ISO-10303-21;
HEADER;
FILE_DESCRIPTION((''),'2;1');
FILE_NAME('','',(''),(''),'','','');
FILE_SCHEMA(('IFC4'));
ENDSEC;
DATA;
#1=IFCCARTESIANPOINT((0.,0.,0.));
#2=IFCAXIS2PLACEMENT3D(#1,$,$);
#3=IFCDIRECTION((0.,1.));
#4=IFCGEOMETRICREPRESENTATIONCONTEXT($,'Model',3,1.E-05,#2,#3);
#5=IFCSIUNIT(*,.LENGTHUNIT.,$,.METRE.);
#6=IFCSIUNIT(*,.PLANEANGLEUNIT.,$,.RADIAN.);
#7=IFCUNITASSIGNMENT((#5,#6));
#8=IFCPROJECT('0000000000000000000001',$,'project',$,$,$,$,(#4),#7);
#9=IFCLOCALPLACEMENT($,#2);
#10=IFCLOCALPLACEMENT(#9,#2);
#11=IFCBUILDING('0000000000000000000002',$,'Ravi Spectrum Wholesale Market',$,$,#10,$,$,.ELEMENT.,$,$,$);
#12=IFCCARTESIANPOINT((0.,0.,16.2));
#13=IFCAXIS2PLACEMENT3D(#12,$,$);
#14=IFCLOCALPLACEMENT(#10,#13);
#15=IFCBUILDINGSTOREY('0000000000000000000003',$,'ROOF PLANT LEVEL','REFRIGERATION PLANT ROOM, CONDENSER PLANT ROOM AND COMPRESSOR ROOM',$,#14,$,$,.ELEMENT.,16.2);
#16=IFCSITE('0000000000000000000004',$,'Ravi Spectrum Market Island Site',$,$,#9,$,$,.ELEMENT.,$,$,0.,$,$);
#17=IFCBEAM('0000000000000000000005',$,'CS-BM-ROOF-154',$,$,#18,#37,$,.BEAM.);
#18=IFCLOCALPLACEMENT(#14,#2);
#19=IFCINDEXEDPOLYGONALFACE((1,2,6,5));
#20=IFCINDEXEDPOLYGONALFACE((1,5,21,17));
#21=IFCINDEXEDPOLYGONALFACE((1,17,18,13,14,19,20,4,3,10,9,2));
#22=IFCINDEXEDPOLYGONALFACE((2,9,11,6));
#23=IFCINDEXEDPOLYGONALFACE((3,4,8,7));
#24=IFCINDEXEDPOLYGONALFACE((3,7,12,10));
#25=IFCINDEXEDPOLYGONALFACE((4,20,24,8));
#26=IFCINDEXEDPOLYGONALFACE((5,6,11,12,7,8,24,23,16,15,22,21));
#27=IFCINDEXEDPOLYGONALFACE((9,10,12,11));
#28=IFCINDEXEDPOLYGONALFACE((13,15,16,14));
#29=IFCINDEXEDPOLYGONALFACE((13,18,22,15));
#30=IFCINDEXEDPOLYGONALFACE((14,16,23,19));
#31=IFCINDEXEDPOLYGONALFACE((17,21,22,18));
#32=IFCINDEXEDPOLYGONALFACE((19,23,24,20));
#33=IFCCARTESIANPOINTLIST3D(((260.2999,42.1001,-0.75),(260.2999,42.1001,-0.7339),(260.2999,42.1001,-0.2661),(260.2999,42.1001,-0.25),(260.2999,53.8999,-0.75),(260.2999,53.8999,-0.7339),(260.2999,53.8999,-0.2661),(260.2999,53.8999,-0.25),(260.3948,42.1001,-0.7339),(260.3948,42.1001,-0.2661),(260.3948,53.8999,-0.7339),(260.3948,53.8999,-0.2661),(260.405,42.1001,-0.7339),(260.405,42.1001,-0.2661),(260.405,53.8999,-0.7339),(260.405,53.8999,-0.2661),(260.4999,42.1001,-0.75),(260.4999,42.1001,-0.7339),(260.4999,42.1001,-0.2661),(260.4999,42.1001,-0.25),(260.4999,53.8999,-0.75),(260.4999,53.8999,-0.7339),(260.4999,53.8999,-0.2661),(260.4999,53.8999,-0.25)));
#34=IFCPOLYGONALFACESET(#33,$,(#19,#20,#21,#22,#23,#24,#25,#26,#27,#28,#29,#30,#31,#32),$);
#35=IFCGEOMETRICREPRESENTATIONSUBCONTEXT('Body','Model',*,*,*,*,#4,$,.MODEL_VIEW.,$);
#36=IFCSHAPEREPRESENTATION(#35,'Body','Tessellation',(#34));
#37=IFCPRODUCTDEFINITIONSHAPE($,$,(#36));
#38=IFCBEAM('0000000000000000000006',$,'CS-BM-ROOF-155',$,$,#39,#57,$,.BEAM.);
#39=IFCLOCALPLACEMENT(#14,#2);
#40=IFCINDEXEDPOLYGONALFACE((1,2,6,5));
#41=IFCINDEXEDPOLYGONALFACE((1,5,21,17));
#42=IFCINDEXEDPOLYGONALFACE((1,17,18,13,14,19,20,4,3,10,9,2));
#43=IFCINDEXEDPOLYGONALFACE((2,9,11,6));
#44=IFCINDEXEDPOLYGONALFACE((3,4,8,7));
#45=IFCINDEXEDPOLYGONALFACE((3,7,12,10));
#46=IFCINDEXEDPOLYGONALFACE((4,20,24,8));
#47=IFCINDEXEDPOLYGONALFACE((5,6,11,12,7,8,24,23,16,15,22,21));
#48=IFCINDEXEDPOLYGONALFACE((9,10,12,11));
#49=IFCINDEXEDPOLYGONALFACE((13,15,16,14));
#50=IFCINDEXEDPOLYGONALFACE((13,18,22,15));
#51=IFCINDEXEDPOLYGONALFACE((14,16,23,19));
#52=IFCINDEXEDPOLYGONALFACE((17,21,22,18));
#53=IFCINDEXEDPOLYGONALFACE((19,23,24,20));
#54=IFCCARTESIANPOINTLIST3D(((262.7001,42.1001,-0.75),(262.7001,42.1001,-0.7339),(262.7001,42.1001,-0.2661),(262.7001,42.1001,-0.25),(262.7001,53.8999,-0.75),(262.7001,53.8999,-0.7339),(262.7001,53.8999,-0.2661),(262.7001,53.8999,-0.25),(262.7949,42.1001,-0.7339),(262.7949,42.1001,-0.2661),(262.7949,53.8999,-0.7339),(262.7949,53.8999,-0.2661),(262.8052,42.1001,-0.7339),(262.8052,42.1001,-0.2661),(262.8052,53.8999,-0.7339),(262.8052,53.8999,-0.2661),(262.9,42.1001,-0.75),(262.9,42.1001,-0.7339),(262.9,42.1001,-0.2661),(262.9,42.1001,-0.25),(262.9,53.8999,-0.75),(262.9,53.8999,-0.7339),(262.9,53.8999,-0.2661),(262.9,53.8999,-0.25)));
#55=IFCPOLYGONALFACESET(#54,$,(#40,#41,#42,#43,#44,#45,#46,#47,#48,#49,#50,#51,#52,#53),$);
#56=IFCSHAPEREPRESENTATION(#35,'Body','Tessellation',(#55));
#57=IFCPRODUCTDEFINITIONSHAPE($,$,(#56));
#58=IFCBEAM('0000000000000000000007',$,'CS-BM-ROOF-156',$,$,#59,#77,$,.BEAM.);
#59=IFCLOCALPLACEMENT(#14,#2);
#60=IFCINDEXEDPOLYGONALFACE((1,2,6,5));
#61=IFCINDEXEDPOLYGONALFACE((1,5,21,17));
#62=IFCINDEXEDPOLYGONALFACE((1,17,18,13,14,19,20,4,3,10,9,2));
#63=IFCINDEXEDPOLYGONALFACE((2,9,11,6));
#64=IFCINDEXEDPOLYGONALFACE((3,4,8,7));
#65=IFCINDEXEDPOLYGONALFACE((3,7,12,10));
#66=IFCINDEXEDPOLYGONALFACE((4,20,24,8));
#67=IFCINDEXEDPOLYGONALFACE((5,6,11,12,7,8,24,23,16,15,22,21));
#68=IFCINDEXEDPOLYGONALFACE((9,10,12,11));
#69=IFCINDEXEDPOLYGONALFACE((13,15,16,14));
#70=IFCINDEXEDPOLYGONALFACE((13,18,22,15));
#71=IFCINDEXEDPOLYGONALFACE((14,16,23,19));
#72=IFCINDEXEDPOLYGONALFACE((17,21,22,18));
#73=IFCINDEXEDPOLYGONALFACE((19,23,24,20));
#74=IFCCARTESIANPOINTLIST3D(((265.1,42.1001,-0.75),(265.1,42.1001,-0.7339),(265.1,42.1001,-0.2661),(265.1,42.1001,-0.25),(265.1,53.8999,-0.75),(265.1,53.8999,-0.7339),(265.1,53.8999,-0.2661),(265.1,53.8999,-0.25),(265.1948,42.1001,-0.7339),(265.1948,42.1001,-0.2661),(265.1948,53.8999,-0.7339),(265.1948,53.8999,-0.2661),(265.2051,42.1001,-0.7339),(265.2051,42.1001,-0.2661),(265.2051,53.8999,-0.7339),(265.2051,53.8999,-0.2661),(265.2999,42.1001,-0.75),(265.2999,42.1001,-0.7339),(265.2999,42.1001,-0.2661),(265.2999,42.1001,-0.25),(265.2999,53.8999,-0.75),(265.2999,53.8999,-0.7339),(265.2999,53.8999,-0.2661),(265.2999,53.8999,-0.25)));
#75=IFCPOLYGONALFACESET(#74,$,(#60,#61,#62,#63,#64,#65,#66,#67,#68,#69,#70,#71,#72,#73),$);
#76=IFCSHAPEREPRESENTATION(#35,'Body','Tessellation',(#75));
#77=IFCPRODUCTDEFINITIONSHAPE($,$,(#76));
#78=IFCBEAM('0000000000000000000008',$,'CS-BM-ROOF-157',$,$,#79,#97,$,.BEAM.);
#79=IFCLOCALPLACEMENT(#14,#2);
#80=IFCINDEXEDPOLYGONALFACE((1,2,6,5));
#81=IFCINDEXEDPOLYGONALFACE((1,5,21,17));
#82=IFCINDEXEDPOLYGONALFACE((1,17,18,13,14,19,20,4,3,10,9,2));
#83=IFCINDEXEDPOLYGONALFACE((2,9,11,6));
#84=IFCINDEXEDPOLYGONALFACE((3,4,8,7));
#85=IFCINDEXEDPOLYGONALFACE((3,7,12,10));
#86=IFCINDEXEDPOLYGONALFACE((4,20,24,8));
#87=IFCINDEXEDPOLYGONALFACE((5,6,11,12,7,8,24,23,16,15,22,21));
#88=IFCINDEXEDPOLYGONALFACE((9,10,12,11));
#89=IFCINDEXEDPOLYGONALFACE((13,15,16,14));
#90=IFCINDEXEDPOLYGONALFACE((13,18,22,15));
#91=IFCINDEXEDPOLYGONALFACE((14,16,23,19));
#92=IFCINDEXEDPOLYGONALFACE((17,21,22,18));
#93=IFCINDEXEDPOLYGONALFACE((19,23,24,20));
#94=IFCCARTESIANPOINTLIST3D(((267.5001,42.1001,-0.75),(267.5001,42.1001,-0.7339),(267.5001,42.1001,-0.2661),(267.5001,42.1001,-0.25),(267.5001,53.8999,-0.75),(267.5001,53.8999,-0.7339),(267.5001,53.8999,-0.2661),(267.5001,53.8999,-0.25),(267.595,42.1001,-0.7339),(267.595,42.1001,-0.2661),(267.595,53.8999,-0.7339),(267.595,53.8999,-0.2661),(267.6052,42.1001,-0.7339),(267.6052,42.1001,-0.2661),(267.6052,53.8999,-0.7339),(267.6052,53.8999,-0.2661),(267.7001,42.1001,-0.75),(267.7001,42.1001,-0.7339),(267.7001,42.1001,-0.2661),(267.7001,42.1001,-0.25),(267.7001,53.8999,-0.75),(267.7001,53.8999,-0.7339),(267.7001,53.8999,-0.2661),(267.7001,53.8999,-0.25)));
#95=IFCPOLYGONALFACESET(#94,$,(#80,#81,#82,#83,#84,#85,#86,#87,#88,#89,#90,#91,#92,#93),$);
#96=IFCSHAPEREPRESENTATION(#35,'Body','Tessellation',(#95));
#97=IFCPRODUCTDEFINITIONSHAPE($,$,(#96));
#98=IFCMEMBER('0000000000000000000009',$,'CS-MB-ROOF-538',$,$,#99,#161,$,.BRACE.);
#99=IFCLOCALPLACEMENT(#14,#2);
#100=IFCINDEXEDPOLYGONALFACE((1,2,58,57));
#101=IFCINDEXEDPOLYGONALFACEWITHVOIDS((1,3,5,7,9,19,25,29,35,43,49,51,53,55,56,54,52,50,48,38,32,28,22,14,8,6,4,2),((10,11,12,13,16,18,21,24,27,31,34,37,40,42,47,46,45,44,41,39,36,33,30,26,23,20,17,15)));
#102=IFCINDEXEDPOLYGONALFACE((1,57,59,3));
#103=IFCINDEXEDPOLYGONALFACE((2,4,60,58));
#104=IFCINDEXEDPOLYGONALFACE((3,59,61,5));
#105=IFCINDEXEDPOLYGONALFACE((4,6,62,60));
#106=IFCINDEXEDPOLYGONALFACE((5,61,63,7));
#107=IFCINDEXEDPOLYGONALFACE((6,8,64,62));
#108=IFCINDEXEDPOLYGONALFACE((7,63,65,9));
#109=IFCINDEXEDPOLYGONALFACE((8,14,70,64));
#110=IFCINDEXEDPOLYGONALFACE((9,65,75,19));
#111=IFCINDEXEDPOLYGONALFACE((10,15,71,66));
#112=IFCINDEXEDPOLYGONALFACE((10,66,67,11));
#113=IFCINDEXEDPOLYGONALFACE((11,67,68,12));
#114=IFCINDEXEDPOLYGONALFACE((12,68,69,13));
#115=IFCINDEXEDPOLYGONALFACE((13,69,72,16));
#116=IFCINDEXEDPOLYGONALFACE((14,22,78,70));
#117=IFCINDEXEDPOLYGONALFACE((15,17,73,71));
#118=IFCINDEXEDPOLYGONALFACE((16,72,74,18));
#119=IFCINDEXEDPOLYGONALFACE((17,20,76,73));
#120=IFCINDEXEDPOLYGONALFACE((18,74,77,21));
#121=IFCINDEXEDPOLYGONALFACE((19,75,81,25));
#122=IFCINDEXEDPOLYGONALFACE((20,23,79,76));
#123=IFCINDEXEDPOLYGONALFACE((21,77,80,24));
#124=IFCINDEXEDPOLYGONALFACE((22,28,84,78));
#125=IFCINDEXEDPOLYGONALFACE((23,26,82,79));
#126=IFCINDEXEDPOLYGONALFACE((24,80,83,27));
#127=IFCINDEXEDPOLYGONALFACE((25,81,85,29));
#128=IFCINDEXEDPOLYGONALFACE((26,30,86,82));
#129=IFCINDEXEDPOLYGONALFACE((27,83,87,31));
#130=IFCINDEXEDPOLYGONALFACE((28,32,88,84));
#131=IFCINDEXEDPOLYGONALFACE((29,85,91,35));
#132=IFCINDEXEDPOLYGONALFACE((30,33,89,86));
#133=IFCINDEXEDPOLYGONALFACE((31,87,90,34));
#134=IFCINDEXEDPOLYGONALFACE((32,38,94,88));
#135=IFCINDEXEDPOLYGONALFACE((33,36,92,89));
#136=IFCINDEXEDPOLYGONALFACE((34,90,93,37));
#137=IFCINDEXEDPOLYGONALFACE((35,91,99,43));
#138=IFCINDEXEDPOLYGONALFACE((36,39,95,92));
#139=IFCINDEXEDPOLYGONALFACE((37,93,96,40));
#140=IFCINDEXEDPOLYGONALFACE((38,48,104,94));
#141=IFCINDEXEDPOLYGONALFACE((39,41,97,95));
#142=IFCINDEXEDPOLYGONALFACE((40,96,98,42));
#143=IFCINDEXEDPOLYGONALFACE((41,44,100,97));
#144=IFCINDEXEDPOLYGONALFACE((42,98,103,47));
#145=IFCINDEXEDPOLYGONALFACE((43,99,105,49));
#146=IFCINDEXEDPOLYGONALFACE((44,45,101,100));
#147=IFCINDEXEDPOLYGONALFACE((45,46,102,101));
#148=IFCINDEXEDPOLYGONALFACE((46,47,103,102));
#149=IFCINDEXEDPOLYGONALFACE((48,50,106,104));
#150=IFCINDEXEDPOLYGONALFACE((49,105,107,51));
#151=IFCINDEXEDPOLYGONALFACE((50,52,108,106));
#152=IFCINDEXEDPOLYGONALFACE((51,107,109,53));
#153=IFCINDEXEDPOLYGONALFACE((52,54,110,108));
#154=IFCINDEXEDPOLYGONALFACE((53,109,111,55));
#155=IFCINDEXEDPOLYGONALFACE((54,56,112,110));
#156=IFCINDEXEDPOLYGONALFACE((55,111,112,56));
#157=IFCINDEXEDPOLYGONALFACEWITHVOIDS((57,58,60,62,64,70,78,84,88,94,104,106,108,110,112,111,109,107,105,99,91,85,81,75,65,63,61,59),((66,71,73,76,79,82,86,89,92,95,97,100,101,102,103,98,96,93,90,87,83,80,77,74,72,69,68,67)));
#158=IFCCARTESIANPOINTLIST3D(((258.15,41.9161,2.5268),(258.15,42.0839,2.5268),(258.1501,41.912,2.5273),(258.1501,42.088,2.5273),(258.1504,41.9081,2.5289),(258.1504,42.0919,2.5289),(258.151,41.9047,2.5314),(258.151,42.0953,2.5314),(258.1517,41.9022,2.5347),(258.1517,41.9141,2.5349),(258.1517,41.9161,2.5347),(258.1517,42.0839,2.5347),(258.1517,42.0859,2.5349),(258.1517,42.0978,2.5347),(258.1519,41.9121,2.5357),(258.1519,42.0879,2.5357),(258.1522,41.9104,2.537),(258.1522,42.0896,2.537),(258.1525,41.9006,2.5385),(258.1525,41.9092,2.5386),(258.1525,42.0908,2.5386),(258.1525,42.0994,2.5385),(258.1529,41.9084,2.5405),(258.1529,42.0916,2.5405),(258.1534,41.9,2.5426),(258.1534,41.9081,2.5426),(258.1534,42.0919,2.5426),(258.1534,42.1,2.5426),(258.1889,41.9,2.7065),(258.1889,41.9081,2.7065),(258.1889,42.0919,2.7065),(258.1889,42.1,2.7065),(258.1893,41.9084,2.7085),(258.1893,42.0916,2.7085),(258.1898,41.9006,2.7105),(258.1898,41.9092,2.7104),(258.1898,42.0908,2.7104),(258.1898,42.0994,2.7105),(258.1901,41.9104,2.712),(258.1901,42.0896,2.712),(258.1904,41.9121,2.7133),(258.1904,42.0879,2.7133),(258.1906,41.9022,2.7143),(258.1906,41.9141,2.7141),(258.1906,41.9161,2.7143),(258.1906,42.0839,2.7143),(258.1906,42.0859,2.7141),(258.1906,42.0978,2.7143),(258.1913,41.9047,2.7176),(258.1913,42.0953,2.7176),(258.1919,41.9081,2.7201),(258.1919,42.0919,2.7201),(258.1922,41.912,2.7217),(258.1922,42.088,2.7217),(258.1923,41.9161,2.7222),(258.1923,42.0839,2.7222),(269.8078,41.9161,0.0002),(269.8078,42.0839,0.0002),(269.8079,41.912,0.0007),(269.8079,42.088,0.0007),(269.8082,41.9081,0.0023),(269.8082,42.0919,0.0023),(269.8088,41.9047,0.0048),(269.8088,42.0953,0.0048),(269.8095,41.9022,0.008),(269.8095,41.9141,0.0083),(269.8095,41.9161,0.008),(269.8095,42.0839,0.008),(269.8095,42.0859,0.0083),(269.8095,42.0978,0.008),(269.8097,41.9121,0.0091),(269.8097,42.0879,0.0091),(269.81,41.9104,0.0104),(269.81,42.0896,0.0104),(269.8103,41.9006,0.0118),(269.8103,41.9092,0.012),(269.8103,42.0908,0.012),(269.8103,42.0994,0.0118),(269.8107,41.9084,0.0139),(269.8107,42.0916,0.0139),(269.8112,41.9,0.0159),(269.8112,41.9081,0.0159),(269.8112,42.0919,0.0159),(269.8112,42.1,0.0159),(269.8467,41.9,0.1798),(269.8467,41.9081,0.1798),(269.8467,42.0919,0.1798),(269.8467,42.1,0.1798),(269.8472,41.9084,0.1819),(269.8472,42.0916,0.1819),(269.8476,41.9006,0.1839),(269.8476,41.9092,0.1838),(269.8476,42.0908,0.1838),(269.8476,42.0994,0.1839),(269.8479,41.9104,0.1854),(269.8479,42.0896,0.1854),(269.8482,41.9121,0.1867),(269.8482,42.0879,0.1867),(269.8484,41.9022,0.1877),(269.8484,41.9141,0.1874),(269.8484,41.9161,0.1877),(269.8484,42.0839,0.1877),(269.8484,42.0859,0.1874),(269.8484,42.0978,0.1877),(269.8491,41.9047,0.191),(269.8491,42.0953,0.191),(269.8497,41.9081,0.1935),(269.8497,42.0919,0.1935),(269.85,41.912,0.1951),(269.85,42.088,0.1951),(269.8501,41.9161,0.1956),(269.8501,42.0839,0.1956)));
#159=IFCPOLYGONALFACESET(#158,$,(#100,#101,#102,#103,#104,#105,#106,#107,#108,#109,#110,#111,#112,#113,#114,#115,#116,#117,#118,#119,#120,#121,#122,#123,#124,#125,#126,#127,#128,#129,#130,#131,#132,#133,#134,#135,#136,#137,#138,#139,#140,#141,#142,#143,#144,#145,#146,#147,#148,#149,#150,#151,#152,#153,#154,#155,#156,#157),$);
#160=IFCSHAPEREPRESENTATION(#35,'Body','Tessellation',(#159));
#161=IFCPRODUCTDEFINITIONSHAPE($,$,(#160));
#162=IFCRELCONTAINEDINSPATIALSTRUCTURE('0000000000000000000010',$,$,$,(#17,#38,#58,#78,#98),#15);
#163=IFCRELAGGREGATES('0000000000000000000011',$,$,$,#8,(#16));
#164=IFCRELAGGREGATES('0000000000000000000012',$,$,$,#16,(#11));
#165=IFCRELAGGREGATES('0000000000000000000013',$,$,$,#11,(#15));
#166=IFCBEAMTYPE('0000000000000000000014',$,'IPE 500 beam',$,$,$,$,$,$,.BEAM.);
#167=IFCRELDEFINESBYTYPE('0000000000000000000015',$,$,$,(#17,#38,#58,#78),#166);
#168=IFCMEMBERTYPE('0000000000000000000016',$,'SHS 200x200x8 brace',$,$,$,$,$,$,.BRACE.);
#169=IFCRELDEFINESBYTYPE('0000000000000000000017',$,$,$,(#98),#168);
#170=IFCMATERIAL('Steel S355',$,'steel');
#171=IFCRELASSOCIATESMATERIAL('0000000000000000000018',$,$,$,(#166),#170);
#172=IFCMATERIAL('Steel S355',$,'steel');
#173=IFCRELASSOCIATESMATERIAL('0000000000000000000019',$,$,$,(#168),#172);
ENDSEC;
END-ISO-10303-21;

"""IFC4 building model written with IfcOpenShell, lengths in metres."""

from ifc_helpers import new_model, si_unit, direction, frame, origin, origin_2d, place, context, subcontext, project, spatial, hollow_rectangle, i_section, extrude, material, material_profile, profile_set, type_object, element, save


model = new_model("IFC4")

# Units and contexts
model_context = context("Model", 3, precision=1e-05, world=origin(), true_north=direction((0.0, 1.0)))
body_context = subcontext(model_context, "Body", "Model", "MODEL_VIEW")
ifc_project = project(units=[si_unit("LENGTHUNIT", "METRE"), si_unit("PLANEANGLEUNIT", "RADIAN")], contexts=[model_context])

# Site, building, storey
site_placement = place(None, origin())
site = spatial("IfcSite", under=ifc_project, at=site_placement, Name="Ravi Spectrum Market Island Site", CompositionType="ELEMENT", RefElevation=0.0)
building_placement = place(site_placement, origin())
building = spatial("IfcBuilding", under=site, at=building_placement, Name="Ravi Spectrum Wholesale Market", CompositionType="ELEMENT")
storey_placement = place(building_placement, frame((0.0, 0.0, 16.2)))
storey = spatial("IfcBuildingStorey", under=building, at=storey_placement, Name="ROOF PLANT LEVEL", Description="REFRIGERATION PLANT ROOM, CONDENSER PLANT ROOM AND COMPRESSOR ROOM", CompositionType="ELEMENT", Elevation=16.2)

# Beams
ifc_material_1 = material(Name="Steel S355", Category="steel")
ifc_material_profile_1 = material_profile(ifc_material_1, i_section(OverallWidth=0.2, OverallDepth=0.5, WebThickness=0.0103, FlangeThickness=0.0161, at=origin_2d()))
ifc_profile_set_1 = profile_set([ifc_material_profile_1], Name="Steel S355")
beam_type_1 = type_object("IfcBeamType", Name="IPE 500 beam", PredefinedType="BEAM", material=ifc_profile_set_1)
for number, where, z_axis, x_axis, name in (
    (1, (260.3999, 42.1001, -0.5), (0.0, 1.0, 0.0), (-1.0, 0.0, 0.0), "CS-BM-ROOF-154"),
    (2, (262.8, 42.1001, -0.5), (0.0, 1.0, 0.0), (-1.0, 0.0, 0.0), "CS-BM-ROOF-155"),
    (3, (265.2, 42.1001, -0.5), (0.0, 1.0, 0.0), (-1.0, 0.0, 0.0), "CS-BM-ROOF-156"),
    (4, (267.6001, 42.1001, -0.5), (0.0, 1.0, 0.0), (-1.0, 0.0, 0.0), "CS-BM-ROOF-157"),
):
    element("IfcBeam", number, at=place(storey_placement, frame(where, z_axis=z_axis, x_axis=x_axis)), inside=storey, type_object=beam_type_1, Name=name, PredefinedType="BEAM", context=body_context, shape_type="SweptSolid", body=[
        extrude(i_section(OverallWidth=0.2, OverallDepth=0.5, WebThickness=0.0103, FlangeThickness=0.0161, at=origin_2d()), origin(), (0.0, 0.0, 1.0), 11.7998),
    ])

# Member
ifc_material_2 = material(Name="Steel S355", Category="steel")
ifc_material_profile_2 = material_profile(ifc_material_2, hollow_rectangle(XDim=0.2, YDim=0.2, WallThickness=0.0081, InnerFilletRadius=0.0081, OuterFilletRadius=0.0161, at=origin_2d()))
ifc_profile_set_2 = profile_set([ifc_material_profile_2], Name="Steel S355")
member_type_1 = type_object("IfcMemberType", Name="SHS 200x200x8 brace", PredefinedType="BRACE", material=ifc_profile_set_2)
member_1_placement = place(storey_placement, frame((258.1711, 42.0, 2.6245), z_axis=(0.97731, 0.0, -0.211815), x_axis=(0.0, 1.0, 0.0)))
element("IfcMember", 5, at=member_1_placement, inside=storey, type_object=member_type_1, Name="CS-MB-ROOF-538", PredefinedType="BRACE", context=body_context, shape_type="SweptSolid", body=[
    extrude(hollow_rectangle(XDim=0.2, YDim=0.2, WallThickness=0.0081, InnerFilletRadius=0.0081, OuterFilletRadius=0.0161, at=origin_2d()), origin(), (0.0, 0.0, 1.0), 11.9285),
])

save(model, "model.ifc")
